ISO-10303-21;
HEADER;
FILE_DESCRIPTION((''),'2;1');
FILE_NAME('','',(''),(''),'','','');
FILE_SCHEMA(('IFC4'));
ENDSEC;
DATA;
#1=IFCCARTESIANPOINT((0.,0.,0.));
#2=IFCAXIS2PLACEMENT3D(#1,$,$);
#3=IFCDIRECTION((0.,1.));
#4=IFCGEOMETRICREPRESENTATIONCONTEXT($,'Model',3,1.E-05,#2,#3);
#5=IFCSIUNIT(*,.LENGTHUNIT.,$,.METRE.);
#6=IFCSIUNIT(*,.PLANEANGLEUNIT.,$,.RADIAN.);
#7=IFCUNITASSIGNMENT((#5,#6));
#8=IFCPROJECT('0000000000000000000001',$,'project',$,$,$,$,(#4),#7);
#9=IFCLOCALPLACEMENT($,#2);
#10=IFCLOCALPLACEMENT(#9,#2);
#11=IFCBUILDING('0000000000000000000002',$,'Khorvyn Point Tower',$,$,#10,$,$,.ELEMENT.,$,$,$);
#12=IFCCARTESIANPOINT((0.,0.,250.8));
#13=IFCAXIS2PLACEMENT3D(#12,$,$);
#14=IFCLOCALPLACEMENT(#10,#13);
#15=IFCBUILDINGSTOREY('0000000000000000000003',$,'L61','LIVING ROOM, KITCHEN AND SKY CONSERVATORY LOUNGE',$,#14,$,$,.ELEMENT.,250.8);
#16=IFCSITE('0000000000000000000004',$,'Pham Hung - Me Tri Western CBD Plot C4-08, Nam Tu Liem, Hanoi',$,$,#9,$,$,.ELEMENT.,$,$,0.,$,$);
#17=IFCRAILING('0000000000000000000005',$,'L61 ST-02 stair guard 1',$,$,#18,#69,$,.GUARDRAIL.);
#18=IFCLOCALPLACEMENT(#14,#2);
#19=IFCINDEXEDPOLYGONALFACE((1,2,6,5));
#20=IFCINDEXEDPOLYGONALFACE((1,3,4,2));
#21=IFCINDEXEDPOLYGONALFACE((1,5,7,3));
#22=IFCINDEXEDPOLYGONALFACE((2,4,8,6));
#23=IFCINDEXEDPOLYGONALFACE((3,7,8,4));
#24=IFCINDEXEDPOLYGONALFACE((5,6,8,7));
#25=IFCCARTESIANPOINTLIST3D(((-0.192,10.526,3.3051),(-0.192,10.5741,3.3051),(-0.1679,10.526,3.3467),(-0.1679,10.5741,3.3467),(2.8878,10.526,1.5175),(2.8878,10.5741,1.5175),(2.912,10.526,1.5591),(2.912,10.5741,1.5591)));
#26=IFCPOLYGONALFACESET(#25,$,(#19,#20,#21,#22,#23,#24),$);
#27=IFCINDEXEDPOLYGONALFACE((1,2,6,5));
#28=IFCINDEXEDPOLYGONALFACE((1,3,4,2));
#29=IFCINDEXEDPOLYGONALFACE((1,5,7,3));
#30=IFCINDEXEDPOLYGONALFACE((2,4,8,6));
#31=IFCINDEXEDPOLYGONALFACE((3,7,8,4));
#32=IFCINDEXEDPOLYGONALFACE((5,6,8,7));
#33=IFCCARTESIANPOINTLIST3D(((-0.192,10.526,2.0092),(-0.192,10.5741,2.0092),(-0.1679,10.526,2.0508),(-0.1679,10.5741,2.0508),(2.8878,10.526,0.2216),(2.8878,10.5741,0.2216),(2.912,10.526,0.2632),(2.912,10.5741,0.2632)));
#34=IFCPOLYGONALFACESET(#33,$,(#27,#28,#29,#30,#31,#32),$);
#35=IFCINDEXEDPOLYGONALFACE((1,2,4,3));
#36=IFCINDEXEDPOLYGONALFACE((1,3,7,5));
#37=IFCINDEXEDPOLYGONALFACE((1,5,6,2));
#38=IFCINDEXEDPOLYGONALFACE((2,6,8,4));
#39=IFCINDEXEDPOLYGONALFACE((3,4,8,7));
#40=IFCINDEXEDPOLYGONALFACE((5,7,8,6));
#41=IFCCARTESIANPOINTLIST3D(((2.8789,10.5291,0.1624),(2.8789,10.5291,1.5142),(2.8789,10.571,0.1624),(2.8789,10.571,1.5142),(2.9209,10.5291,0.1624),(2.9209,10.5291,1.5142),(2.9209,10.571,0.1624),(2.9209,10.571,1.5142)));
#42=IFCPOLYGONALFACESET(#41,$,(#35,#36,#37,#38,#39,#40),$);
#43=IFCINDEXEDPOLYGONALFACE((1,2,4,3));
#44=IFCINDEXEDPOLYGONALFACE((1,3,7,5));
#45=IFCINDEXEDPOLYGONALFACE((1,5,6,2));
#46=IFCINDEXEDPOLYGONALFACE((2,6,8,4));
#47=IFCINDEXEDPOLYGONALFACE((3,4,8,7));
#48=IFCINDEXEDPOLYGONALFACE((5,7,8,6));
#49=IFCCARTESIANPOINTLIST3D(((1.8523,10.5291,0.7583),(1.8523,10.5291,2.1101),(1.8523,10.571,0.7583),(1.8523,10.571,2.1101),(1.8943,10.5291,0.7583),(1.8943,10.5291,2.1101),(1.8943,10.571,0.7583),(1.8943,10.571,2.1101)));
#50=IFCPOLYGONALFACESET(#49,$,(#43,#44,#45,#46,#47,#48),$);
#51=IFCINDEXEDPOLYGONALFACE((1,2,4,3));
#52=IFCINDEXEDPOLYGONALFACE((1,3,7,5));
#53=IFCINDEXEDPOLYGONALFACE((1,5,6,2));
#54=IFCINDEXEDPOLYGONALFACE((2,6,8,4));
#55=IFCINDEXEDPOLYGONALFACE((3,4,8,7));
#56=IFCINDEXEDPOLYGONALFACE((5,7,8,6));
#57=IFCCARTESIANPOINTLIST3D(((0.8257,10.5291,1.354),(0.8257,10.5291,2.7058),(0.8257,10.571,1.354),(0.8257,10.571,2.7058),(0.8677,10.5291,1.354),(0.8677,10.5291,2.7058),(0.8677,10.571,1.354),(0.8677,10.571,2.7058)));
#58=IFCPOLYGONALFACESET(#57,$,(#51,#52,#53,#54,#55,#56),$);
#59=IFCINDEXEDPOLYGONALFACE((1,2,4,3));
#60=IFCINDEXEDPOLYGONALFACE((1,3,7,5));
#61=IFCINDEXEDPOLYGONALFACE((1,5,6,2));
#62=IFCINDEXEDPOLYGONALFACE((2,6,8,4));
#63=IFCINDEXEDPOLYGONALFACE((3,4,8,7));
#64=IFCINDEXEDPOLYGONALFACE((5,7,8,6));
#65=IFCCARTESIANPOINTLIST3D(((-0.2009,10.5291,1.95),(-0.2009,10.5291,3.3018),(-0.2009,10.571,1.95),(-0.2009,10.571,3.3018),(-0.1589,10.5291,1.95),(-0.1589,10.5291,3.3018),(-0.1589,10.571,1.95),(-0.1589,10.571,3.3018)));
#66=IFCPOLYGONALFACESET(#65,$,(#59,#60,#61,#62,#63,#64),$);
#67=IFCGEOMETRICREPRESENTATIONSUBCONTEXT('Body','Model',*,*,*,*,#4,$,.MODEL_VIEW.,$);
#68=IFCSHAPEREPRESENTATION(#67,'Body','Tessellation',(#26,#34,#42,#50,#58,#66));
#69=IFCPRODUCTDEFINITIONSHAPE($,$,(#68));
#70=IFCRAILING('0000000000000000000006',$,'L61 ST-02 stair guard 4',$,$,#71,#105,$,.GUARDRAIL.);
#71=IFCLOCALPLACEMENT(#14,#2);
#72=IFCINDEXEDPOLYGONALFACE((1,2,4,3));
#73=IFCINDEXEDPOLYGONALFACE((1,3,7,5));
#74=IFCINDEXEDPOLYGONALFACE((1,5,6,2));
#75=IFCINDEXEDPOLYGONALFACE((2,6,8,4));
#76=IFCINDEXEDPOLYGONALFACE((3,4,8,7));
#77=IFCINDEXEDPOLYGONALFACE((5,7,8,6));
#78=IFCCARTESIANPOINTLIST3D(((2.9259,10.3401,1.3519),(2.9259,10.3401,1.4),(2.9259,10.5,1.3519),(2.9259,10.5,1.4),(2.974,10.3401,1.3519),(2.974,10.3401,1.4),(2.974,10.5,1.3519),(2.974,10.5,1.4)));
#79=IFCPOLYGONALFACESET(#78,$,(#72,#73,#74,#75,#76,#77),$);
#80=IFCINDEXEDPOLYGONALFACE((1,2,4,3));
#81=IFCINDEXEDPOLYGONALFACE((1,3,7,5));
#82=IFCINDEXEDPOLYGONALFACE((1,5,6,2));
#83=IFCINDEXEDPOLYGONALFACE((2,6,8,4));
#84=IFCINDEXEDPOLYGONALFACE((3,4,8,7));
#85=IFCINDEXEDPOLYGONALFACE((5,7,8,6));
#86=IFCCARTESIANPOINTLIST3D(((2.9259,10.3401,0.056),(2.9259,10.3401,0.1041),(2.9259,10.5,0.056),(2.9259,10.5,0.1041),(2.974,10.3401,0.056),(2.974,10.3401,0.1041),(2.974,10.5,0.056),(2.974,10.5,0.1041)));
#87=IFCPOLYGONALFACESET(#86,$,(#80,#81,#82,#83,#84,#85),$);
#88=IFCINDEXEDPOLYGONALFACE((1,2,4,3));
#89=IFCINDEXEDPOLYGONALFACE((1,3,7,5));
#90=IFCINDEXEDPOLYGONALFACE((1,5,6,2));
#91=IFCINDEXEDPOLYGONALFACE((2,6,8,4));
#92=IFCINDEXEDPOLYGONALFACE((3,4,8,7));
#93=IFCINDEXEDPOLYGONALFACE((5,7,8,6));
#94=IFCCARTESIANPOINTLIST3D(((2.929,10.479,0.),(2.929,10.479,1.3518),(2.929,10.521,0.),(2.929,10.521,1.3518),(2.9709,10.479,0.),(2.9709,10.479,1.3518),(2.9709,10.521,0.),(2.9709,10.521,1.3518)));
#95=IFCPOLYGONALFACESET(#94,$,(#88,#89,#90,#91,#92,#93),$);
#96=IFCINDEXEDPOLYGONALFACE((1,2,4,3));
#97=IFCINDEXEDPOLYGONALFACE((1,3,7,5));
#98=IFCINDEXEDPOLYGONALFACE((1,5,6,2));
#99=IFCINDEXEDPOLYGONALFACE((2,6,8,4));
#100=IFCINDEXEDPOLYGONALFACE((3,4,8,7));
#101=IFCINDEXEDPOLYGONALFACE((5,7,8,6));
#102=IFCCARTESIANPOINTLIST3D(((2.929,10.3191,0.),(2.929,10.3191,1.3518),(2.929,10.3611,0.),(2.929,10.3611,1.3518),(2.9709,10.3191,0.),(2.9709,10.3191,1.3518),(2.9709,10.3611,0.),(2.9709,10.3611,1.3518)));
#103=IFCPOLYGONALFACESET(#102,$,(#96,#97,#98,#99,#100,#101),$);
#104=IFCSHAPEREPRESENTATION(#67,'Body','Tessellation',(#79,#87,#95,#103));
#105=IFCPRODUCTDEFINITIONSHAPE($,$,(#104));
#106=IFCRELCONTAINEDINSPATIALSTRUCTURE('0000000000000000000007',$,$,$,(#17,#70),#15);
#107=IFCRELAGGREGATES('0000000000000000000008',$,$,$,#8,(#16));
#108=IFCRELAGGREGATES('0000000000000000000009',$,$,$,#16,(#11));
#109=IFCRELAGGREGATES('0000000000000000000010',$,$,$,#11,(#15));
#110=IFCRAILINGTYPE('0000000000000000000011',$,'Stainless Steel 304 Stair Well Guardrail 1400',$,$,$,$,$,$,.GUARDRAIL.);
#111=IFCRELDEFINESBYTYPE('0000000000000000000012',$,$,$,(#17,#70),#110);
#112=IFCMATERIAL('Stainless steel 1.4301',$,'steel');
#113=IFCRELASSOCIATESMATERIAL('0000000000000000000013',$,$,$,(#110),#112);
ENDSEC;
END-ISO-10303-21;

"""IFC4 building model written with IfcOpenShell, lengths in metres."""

from ifc_helpers import new_model, si_unit, direction, frame, origin, origin_2d, place, context, subcontext, project, spatial, rectangle, extrude, material, type_object, element, save


model = new_model("IFC4")

# Units and contexts
model_context = context("Model", 3, precision=1e-05, world=origin(), true_north=direction((0.0, 1.0)))
body_context = subcontext(model_context, "Body", "Model", "MODEL_VIEW")
ifc_project = project(units=[si_unit("LENGTHUNIT", "METRE"), si_unit("PLANEANGLEUNIT", "RADIAN")], contexts=[model_context])

# Site, building, storey
site_placement = place(None, origin())
site = spatial("IfcSite", under=ifc_project, at=site_placement, Name="Pham Hung - Me Tri Western CBD Plot C4-08, Nam Tu Liem, Hanoi", CompositionType="ELEMENT", RefElevation=0.0)
building_placement = place(site_placement, origin())
building = spatial("IfcBuilding", under=site, at=building_placement, Name="Khorvyn Point Tower", CompositionType="ELEMENT")
storey_placement = place(building_placement, frame((0.0, 0.0, 250.8)))
storey = spatial("IfcBuildingStorey", under=building, at=storey_placement, Name="L61", Description="LIVING ROOM, KITCHEN AND SKY CONSERVATORY LOUNGE", CompositionType="ELEMENT", Elevation=250.8)

# Railings
ifc_material_1 = material(Name="Stainless steel 1.4301", Category="steel")
railing_type_1 = type_object("IfcRailingType", Name="Stainless Steel 304 Stair Well Guardrail 1400", PredefinedType="GUARDRAIL", material=ifc_material_1)
railing_1_placement = place(storey_placement, frame((2.8999, 10.55, 0.1624)))
element("IfcRailing", 1, at=railing_1_placement, inside=storey, type_object=railing_type_1, Name="L61 ST-02 stair guard 1", PredefinedType="GUARDRAIL", context=body_context, shape_type="SweptSolid", body=[
    extrude(rectangle(XDim=0.0481, YDim=0.0481, at=origin_2d()), frame((0.0, 0.0, 1.376), z_axis=(-0.864873, 0.0, 0.50199), x_axis=(0.0, -1.0, 0.0)), (0.0, 0.0, 1.0), 3.561),
    extrude(rectangle(XDim=0.0481, YDim=0.0481, at=origin_2d()), frame((0.0, 0.0, 0.0801), z_axis=(-0.864873, 0.0, 0.50199), x_axis=(0.0, -1.0, 0.0)), (0.0, 0.0, 1.0), 3.561),
    extrude(rectangle(XDim=0.042, YDim=0.042, at=origin_2d()), origin(), (0.0, 0.0, 1.0), 1.3518),
    extrude(rectangle(XDim=0.042, YDim=0.042, at=origin_2d()), frame((-1.0266, 0.0, 0.5959)), (0.0, 0.0, 1.0), 1.3518),
    extrude(rectangle(XDim=0.042, YDim=0.042, at=origin_2d()), frame((-2.0532, 0.0, 1.1917)), (0.0, 0.0, 1.0), 1.3518),
    extrude(rectangle(XDim=0.042, YDim=0.042, at=origin_2d()), frame((-3.0798, 0.0, 1.7876)), (0.0, 0.0, 1.0), 1.3518),
])
railing_2_placement = place(storey_placement, frame((2.95, 10.5, 0.0)))
element("IfcRailing", 2, at=railing_2_placement, inside=storey, type_object=railing_type_1, Name="L61 ST-02 stair guard 4", PredefinedType="GUARDRAIL", context=body_context, shape_type="SweptSolid", body=[
    extrude(rectangle(XDim=0.0481, YDim=0.0481, at=origin_2d()), frame((0.0, 0.0, 1.376), z_axis=(0.0, -1.0, 0.0), x_axis=(1.0, 0.0, 0.0)), (0.0, 0.0, 1.0), 0.1599),
    extrude(rectangle(XDim=0.0481, YDim=0.0481, at=origin_2d()), frame((0.0, 0.0, 0.0801), z_axis=(0.0, -1.0, 0.0), x_axis=(1.0, 0.0, 0.0)), (0.0, 0.0, 1.0), 0.1599),
    extrude(rectangle(XDim=0.042, YDim=0.042, at=origin_2d()), origin(), (0.0, 0.0, 1.0), 1.3518),
    extrude(rectangle(XDim=0.042, YDim=0.042, at=origin_2d()), frame((0.0, -0.1599, 0.0)), (0.0, 0.0, 1.0), 1.3518),
])

save(model, "model.ifc")
